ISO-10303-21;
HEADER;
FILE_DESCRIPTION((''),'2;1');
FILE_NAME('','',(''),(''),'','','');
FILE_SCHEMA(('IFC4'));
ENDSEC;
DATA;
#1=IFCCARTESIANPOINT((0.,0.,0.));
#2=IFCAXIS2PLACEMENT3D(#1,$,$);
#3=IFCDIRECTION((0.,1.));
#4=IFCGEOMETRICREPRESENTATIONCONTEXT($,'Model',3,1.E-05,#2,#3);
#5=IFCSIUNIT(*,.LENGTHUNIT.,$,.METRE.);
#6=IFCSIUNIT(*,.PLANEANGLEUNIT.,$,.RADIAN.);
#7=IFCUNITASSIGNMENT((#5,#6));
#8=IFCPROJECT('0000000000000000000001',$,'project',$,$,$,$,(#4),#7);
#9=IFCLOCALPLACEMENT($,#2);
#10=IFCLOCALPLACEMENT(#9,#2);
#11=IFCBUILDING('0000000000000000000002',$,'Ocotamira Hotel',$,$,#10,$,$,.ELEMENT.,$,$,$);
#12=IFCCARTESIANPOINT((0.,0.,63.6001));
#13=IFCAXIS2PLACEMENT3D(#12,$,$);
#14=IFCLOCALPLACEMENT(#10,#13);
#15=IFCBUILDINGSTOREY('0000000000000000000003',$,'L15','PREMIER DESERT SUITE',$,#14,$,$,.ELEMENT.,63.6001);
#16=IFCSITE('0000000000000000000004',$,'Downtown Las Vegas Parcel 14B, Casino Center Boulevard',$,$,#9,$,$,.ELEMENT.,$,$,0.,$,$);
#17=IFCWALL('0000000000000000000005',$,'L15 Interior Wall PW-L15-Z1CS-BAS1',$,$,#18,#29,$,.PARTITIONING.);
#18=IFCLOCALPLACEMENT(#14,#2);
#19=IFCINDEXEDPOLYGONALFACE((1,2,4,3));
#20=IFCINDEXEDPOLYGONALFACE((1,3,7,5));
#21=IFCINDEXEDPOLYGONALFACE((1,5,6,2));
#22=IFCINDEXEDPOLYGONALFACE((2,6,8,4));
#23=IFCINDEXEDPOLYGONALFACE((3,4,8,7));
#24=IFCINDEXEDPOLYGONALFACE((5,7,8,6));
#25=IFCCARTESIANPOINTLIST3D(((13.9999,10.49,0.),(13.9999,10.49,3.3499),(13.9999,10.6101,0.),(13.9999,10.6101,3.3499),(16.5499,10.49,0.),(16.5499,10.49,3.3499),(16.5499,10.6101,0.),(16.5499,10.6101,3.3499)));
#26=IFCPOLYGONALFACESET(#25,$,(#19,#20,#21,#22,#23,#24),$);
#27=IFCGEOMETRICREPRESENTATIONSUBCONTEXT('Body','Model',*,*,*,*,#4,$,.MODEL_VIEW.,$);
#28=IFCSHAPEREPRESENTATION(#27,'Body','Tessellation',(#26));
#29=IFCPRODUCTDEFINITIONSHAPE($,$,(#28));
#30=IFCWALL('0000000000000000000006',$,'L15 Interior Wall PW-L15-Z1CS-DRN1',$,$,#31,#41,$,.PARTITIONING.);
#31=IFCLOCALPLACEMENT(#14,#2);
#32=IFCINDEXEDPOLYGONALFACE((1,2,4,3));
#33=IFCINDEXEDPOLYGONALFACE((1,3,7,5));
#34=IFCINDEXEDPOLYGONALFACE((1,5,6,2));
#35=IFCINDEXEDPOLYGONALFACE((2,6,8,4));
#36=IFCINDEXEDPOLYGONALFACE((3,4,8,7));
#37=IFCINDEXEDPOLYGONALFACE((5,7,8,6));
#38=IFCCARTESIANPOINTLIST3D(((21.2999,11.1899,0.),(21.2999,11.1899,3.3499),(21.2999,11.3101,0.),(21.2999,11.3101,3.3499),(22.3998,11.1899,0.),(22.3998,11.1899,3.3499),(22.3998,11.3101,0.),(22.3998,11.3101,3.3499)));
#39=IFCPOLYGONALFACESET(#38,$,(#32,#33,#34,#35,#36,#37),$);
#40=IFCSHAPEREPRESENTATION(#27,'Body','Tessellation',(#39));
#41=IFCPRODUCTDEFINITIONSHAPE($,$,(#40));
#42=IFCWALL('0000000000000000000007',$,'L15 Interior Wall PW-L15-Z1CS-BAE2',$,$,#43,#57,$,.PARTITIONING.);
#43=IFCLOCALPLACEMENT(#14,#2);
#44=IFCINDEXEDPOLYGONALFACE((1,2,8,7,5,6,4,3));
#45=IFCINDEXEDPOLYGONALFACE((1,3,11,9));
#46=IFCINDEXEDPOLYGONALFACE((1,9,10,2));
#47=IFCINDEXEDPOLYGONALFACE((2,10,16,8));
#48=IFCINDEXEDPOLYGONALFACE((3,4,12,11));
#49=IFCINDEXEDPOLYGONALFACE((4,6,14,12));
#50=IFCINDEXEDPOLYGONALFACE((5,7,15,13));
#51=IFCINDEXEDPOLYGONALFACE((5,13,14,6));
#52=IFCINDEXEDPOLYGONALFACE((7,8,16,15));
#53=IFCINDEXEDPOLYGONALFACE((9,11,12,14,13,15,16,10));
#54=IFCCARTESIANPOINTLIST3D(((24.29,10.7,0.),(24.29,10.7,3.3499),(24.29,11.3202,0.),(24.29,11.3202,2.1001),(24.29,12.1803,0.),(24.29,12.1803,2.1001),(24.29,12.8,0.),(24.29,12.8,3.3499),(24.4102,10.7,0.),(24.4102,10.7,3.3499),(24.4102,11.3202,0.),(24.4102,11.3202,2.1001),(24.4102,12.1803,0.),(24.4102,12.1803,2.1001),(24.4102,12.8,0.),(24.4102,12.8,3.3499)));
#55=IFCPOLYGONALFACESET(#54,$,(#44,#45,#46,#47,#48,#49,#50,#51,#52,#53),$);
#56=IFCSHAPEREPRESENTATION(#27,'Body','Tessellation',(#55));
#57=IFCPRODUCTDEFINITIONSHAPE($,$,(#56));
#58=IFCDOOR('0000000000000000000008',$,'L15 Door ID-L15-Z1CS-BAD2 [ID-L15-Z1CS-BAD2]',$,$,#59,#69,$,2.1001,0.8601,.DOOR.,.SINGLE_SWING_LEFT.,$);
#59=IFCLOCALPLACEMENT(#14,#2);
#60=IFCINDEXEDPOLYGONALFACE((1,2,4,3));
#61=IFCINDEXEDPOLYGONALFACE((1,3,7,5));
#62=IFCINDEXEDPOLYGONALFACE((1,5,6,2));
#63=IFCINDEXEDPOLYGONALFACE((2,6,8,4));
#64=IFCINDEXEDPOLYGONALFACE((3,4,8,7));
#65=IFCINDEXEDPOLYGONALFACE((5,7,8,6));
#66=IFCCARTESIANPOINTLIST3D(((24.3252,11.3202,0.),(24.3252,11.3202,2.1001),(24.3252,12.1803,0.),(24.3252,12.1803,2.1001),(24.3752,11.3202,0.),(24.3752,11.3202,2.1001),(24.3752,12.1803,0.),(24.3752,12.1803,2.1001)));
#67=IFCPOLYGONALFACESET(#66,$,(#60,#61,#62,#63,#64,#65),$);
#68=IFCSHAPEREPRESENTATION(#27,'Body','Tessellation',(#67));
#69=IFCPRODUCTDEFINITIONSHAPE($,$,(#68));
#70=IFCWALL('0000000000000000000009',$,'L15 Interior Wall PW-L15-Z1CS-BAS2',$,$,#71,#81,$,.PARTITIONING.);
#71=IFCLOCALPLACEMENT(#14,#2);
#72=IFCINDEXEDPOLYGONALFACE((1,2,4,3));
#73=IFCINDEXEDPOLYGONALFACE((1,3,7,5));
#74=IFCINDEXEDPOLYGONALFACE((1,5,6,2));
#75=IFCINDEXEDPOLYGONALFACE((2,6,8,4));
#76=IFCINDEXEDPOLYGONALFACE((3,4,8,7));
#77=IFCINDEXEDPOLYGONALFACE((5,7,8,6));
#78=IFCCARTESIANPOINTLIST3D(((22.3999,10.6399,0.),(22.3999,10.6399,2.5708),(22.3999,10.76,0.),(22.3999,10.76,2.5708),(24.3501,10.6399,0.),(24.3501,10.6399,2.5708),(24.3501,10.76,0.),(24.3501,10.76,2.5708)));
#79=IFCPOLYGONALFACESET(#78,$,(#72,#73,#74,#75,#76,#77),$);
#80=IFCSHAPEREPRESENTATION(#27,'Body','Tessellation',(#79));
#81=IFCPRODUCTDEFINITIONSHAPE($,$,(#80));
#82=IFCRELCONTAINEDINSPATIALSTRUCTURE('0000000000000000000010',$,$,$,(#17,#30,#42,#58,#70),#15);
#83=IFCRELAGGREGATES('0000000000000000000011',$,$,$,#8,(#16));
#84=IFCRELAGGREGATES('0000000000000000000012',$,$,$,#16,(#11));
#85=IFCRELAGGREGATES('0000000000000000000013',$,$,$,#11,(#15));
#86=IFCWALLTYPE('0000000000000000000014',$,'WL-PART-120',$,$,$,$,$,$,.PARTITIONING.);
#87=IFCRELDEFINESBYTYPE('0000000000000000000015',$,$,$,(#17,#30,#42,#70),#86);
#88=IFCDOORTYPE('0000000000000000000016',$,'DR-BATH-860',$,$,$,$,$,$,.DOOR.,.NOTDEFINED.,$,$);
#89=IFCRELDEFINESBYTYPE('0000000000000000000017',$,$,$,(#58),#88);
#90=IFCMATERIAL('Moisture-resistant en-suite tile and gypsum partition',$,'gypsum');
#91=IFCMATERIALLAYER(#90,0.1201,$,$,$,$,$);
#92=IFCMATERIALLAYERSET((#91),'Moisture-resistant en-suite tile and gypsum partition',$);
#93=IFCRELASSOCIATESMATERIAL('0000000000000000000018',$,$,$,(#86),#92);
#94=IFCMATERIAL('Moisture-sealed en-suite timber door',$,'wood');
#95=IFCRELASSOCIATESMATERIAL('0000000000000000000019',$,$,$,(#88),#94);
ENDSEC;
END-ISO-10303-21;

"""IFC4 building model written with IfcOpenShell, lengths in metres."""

from ifc_helpers import new_model, si_unit, direction, frame, frame_2d, origin, place, context, subcontext, project, spatial, rectangle, extrude, source, transform, mapped, material, layer, layer_set, type_object, element, fill, save


model = new_model("IFC4")

# Units and contexts
model_context = context("Model", 3, precision=1e-05, world=origin(), true_north=direction((0.0, 1.0)))
body_context = subcontext(model_context, "Body", "Model", "MODEL_VIEW")
ifc_project = project(units=[si_unit("LENGTHUNIT", "METRE"), si_unit("PLANEANGLEUNIT", "RADIAN")], contexts=[model_context])

# Site, building, storey
site_placement = place(None, origin())
site = spatial("IfcSite", under=ifc_project, at=site_placement, Name="Downtown Las Vegas Parcel 14B, Casino Center Boulevard", CompositionType="ELEMENT", RefElevation=0.0)
building_placement = place(site_placement, origin())
building = spatial("IfcBuilding", under=site, at=building_placement, Name="Ocotamira Hotel", CompositionType="ELEMENT")
storey_placement = place(building_placement, frame((0.0, 0.0, 63.6001)))
storey = spatial("IfcBuildingStorey", under=building, at=storey_placement, Name="L15", Description="PREMIER DESERT SUITE", CompositionType="ELEMENT", Elevation=63.6001)

# Shared definitions
ifc_material_1 = material(Name="Moisture-resistant en-suite tile and gypsum partition", Category="gypsum")
ifc_layer_1 = layer(ifc_material_1, 0.1201)
ifc_layer_set_1 = layer_set([ifc_layer_1], Name="Moisture-resistant en-suite tile and gypsum partition")
wall_type_1 = type_object("IfcWallType", Name="WL-PART-120", PredefinedType="PARTITIONING", material=ifc_layer_set_1)

# Walls
wall_1_placement = place(storey_placement, frame((14.0, 10.55, 0.0), z_axis=(0.0, 0.0, 1.0), x_axis=(1.0, 0.0, 0.0)))
element("IfcWall", 1, at=wall_1_placement, inside=storey, type_object=wall_type_1, Name="L15 Interior Wall PW-L15-Z1CS-BAS1", PredefinedType="PARTITIONING", context=body_context, shape_type="SweptSolid", body=[
    extrude(rectangle(XDim=2.55, YDim=0.1201, at=frame_2d((1.2749, 0.0))), origin(), (0.0, 0.0, 1.0), 3.3499),
])
wall_2_placement = place(storey_placement, frame((21.3, 11.25, 0.0), z_axis=(0.0, 0.0, 1.0), x_axis=(1.0, 0.0, 0.0)))
element("IfcWall", 2, at=wall_2_placement, inside=storey, type_object=wall_type_1, Name="L15 Interior Wall PW-L15-Z1CS-DRN1", PredefinedType="PARTITIONING", context=body_context, shape_type="SweptSolid", body=[
    extrude(rectangle(XDim=1.0999, YDim=0.1201, at=frame_2d((0.5498, 0.0))), origin(), (0.0, 0.0, 1.0), 3.3499),
])

# Wall, opening, door
wall_3_placement = place(storey_placement, frame((24.3501, 10.7, 0.0), z_axis=(0.0, 0.0, 1.0), x_axis=(0.0, 1.0, 0.0)))
wall_3 = element("IfcWall", 3, at=wall_3_placement, inside=storey, type_object=wall_type_1, Name="L15 Interior Wall PW-L15-Z1CS-BAE2", PredefinedType="PARTITIONING", context=body_context, shape_type="SweptSolid", body=[
    extrude(rectangle(XDim=2.1001, YDim=0.1201, at=frame_2d((1.05, 0.0))), origin(), (0.0, 0.0, 1.0), 3.3499),
])
opening_1_placement = place(wall_3_placement, frame((0.6201, 0.0, 0.0)))
opening_1 = element("IfcOpeningElement", 4, at=opening_1_placement, cuts=wall_3, PredefinedType="OPENING", context=body_context, shape_type="SweptSolid", body=[
    extrude(rectangle(XDim=0.8601, YDim=2.1001, at=frame_2d((0.4302, 1.05))), frame((0.0, 0.0701, 0.0), z_axis=(0.0, -1.0, 0.0), x_axis=(1.0, 0.0, 0.0)), (0.0, 0.0, 1.0), 0.1401),
])
ifc_material_2 = material(Name="Moisture-sealed en-suite timber door", Category="wood")
door_type_1 = type_object("IfcDoorType", Name="DR-BATH-860", OperationType="NOTDEFINED", PredefinedType="DOOR", material=ifc_material_2)
shared_shape_1 = source(origin(), body_context, "Body", "SweptSolid", [
    extrude(rectangle(XDim=0.8601, YDim=2.1001, at=frame_2d((0.4302, 1.05))), frame((0.0, 0.0249, 0.0), z_axis=(0.0, -1.0, 0.0), x_axis=(1.0, 0.0, 0.0)), (0.0, 0.0, 1.0), 0.05),
])
door_1_placement = place(opening_1_placement, origin())
door_1 = element("IfcDoor", 5, at=door_1_placement, inside=storey, type_object=door_type_1, Name="L15 Door ID-L15-Z1CS-BAD2 [ID-L15-Z1CS-BAD2]", OperationType="SINGLE_SWING_LEFT", OverallHeight=2.1001, OverallWidth=0.8601, PredefinedType="DOOR", context=body_context, shape_type="MappedRepresentation", body=[
    mapped(shared_shape_1, transform((0.0, 0.0, 0.0), scale=1.0)),
])
fill(opening_1, door_1)

# Wall
wall_4_placement = place(storey_placement, frame((22.3999, 10.7, 0.0), z_axis=(0.0, 0.0, 1.0), x_axis=(1.0, 0.0, 0.0)))
element("IfcWall", 6, at=wall_4_placement, inside=storey, type_object=wall_type_1, Name="L15 Interior Wall PW-L15-Z1CS-BAS2", PredefinedType="PARTITIONING", context=body_context, shape_type="SweptSolid", body=[
    extrude(rectangle(XDim=1.9502, YDim=0.1201, at=frame_2d((0.9751, 0.0))), origin(), (0.0, 0.0, 1.0), 2.5708),
])

save(model, "model.ifc")
